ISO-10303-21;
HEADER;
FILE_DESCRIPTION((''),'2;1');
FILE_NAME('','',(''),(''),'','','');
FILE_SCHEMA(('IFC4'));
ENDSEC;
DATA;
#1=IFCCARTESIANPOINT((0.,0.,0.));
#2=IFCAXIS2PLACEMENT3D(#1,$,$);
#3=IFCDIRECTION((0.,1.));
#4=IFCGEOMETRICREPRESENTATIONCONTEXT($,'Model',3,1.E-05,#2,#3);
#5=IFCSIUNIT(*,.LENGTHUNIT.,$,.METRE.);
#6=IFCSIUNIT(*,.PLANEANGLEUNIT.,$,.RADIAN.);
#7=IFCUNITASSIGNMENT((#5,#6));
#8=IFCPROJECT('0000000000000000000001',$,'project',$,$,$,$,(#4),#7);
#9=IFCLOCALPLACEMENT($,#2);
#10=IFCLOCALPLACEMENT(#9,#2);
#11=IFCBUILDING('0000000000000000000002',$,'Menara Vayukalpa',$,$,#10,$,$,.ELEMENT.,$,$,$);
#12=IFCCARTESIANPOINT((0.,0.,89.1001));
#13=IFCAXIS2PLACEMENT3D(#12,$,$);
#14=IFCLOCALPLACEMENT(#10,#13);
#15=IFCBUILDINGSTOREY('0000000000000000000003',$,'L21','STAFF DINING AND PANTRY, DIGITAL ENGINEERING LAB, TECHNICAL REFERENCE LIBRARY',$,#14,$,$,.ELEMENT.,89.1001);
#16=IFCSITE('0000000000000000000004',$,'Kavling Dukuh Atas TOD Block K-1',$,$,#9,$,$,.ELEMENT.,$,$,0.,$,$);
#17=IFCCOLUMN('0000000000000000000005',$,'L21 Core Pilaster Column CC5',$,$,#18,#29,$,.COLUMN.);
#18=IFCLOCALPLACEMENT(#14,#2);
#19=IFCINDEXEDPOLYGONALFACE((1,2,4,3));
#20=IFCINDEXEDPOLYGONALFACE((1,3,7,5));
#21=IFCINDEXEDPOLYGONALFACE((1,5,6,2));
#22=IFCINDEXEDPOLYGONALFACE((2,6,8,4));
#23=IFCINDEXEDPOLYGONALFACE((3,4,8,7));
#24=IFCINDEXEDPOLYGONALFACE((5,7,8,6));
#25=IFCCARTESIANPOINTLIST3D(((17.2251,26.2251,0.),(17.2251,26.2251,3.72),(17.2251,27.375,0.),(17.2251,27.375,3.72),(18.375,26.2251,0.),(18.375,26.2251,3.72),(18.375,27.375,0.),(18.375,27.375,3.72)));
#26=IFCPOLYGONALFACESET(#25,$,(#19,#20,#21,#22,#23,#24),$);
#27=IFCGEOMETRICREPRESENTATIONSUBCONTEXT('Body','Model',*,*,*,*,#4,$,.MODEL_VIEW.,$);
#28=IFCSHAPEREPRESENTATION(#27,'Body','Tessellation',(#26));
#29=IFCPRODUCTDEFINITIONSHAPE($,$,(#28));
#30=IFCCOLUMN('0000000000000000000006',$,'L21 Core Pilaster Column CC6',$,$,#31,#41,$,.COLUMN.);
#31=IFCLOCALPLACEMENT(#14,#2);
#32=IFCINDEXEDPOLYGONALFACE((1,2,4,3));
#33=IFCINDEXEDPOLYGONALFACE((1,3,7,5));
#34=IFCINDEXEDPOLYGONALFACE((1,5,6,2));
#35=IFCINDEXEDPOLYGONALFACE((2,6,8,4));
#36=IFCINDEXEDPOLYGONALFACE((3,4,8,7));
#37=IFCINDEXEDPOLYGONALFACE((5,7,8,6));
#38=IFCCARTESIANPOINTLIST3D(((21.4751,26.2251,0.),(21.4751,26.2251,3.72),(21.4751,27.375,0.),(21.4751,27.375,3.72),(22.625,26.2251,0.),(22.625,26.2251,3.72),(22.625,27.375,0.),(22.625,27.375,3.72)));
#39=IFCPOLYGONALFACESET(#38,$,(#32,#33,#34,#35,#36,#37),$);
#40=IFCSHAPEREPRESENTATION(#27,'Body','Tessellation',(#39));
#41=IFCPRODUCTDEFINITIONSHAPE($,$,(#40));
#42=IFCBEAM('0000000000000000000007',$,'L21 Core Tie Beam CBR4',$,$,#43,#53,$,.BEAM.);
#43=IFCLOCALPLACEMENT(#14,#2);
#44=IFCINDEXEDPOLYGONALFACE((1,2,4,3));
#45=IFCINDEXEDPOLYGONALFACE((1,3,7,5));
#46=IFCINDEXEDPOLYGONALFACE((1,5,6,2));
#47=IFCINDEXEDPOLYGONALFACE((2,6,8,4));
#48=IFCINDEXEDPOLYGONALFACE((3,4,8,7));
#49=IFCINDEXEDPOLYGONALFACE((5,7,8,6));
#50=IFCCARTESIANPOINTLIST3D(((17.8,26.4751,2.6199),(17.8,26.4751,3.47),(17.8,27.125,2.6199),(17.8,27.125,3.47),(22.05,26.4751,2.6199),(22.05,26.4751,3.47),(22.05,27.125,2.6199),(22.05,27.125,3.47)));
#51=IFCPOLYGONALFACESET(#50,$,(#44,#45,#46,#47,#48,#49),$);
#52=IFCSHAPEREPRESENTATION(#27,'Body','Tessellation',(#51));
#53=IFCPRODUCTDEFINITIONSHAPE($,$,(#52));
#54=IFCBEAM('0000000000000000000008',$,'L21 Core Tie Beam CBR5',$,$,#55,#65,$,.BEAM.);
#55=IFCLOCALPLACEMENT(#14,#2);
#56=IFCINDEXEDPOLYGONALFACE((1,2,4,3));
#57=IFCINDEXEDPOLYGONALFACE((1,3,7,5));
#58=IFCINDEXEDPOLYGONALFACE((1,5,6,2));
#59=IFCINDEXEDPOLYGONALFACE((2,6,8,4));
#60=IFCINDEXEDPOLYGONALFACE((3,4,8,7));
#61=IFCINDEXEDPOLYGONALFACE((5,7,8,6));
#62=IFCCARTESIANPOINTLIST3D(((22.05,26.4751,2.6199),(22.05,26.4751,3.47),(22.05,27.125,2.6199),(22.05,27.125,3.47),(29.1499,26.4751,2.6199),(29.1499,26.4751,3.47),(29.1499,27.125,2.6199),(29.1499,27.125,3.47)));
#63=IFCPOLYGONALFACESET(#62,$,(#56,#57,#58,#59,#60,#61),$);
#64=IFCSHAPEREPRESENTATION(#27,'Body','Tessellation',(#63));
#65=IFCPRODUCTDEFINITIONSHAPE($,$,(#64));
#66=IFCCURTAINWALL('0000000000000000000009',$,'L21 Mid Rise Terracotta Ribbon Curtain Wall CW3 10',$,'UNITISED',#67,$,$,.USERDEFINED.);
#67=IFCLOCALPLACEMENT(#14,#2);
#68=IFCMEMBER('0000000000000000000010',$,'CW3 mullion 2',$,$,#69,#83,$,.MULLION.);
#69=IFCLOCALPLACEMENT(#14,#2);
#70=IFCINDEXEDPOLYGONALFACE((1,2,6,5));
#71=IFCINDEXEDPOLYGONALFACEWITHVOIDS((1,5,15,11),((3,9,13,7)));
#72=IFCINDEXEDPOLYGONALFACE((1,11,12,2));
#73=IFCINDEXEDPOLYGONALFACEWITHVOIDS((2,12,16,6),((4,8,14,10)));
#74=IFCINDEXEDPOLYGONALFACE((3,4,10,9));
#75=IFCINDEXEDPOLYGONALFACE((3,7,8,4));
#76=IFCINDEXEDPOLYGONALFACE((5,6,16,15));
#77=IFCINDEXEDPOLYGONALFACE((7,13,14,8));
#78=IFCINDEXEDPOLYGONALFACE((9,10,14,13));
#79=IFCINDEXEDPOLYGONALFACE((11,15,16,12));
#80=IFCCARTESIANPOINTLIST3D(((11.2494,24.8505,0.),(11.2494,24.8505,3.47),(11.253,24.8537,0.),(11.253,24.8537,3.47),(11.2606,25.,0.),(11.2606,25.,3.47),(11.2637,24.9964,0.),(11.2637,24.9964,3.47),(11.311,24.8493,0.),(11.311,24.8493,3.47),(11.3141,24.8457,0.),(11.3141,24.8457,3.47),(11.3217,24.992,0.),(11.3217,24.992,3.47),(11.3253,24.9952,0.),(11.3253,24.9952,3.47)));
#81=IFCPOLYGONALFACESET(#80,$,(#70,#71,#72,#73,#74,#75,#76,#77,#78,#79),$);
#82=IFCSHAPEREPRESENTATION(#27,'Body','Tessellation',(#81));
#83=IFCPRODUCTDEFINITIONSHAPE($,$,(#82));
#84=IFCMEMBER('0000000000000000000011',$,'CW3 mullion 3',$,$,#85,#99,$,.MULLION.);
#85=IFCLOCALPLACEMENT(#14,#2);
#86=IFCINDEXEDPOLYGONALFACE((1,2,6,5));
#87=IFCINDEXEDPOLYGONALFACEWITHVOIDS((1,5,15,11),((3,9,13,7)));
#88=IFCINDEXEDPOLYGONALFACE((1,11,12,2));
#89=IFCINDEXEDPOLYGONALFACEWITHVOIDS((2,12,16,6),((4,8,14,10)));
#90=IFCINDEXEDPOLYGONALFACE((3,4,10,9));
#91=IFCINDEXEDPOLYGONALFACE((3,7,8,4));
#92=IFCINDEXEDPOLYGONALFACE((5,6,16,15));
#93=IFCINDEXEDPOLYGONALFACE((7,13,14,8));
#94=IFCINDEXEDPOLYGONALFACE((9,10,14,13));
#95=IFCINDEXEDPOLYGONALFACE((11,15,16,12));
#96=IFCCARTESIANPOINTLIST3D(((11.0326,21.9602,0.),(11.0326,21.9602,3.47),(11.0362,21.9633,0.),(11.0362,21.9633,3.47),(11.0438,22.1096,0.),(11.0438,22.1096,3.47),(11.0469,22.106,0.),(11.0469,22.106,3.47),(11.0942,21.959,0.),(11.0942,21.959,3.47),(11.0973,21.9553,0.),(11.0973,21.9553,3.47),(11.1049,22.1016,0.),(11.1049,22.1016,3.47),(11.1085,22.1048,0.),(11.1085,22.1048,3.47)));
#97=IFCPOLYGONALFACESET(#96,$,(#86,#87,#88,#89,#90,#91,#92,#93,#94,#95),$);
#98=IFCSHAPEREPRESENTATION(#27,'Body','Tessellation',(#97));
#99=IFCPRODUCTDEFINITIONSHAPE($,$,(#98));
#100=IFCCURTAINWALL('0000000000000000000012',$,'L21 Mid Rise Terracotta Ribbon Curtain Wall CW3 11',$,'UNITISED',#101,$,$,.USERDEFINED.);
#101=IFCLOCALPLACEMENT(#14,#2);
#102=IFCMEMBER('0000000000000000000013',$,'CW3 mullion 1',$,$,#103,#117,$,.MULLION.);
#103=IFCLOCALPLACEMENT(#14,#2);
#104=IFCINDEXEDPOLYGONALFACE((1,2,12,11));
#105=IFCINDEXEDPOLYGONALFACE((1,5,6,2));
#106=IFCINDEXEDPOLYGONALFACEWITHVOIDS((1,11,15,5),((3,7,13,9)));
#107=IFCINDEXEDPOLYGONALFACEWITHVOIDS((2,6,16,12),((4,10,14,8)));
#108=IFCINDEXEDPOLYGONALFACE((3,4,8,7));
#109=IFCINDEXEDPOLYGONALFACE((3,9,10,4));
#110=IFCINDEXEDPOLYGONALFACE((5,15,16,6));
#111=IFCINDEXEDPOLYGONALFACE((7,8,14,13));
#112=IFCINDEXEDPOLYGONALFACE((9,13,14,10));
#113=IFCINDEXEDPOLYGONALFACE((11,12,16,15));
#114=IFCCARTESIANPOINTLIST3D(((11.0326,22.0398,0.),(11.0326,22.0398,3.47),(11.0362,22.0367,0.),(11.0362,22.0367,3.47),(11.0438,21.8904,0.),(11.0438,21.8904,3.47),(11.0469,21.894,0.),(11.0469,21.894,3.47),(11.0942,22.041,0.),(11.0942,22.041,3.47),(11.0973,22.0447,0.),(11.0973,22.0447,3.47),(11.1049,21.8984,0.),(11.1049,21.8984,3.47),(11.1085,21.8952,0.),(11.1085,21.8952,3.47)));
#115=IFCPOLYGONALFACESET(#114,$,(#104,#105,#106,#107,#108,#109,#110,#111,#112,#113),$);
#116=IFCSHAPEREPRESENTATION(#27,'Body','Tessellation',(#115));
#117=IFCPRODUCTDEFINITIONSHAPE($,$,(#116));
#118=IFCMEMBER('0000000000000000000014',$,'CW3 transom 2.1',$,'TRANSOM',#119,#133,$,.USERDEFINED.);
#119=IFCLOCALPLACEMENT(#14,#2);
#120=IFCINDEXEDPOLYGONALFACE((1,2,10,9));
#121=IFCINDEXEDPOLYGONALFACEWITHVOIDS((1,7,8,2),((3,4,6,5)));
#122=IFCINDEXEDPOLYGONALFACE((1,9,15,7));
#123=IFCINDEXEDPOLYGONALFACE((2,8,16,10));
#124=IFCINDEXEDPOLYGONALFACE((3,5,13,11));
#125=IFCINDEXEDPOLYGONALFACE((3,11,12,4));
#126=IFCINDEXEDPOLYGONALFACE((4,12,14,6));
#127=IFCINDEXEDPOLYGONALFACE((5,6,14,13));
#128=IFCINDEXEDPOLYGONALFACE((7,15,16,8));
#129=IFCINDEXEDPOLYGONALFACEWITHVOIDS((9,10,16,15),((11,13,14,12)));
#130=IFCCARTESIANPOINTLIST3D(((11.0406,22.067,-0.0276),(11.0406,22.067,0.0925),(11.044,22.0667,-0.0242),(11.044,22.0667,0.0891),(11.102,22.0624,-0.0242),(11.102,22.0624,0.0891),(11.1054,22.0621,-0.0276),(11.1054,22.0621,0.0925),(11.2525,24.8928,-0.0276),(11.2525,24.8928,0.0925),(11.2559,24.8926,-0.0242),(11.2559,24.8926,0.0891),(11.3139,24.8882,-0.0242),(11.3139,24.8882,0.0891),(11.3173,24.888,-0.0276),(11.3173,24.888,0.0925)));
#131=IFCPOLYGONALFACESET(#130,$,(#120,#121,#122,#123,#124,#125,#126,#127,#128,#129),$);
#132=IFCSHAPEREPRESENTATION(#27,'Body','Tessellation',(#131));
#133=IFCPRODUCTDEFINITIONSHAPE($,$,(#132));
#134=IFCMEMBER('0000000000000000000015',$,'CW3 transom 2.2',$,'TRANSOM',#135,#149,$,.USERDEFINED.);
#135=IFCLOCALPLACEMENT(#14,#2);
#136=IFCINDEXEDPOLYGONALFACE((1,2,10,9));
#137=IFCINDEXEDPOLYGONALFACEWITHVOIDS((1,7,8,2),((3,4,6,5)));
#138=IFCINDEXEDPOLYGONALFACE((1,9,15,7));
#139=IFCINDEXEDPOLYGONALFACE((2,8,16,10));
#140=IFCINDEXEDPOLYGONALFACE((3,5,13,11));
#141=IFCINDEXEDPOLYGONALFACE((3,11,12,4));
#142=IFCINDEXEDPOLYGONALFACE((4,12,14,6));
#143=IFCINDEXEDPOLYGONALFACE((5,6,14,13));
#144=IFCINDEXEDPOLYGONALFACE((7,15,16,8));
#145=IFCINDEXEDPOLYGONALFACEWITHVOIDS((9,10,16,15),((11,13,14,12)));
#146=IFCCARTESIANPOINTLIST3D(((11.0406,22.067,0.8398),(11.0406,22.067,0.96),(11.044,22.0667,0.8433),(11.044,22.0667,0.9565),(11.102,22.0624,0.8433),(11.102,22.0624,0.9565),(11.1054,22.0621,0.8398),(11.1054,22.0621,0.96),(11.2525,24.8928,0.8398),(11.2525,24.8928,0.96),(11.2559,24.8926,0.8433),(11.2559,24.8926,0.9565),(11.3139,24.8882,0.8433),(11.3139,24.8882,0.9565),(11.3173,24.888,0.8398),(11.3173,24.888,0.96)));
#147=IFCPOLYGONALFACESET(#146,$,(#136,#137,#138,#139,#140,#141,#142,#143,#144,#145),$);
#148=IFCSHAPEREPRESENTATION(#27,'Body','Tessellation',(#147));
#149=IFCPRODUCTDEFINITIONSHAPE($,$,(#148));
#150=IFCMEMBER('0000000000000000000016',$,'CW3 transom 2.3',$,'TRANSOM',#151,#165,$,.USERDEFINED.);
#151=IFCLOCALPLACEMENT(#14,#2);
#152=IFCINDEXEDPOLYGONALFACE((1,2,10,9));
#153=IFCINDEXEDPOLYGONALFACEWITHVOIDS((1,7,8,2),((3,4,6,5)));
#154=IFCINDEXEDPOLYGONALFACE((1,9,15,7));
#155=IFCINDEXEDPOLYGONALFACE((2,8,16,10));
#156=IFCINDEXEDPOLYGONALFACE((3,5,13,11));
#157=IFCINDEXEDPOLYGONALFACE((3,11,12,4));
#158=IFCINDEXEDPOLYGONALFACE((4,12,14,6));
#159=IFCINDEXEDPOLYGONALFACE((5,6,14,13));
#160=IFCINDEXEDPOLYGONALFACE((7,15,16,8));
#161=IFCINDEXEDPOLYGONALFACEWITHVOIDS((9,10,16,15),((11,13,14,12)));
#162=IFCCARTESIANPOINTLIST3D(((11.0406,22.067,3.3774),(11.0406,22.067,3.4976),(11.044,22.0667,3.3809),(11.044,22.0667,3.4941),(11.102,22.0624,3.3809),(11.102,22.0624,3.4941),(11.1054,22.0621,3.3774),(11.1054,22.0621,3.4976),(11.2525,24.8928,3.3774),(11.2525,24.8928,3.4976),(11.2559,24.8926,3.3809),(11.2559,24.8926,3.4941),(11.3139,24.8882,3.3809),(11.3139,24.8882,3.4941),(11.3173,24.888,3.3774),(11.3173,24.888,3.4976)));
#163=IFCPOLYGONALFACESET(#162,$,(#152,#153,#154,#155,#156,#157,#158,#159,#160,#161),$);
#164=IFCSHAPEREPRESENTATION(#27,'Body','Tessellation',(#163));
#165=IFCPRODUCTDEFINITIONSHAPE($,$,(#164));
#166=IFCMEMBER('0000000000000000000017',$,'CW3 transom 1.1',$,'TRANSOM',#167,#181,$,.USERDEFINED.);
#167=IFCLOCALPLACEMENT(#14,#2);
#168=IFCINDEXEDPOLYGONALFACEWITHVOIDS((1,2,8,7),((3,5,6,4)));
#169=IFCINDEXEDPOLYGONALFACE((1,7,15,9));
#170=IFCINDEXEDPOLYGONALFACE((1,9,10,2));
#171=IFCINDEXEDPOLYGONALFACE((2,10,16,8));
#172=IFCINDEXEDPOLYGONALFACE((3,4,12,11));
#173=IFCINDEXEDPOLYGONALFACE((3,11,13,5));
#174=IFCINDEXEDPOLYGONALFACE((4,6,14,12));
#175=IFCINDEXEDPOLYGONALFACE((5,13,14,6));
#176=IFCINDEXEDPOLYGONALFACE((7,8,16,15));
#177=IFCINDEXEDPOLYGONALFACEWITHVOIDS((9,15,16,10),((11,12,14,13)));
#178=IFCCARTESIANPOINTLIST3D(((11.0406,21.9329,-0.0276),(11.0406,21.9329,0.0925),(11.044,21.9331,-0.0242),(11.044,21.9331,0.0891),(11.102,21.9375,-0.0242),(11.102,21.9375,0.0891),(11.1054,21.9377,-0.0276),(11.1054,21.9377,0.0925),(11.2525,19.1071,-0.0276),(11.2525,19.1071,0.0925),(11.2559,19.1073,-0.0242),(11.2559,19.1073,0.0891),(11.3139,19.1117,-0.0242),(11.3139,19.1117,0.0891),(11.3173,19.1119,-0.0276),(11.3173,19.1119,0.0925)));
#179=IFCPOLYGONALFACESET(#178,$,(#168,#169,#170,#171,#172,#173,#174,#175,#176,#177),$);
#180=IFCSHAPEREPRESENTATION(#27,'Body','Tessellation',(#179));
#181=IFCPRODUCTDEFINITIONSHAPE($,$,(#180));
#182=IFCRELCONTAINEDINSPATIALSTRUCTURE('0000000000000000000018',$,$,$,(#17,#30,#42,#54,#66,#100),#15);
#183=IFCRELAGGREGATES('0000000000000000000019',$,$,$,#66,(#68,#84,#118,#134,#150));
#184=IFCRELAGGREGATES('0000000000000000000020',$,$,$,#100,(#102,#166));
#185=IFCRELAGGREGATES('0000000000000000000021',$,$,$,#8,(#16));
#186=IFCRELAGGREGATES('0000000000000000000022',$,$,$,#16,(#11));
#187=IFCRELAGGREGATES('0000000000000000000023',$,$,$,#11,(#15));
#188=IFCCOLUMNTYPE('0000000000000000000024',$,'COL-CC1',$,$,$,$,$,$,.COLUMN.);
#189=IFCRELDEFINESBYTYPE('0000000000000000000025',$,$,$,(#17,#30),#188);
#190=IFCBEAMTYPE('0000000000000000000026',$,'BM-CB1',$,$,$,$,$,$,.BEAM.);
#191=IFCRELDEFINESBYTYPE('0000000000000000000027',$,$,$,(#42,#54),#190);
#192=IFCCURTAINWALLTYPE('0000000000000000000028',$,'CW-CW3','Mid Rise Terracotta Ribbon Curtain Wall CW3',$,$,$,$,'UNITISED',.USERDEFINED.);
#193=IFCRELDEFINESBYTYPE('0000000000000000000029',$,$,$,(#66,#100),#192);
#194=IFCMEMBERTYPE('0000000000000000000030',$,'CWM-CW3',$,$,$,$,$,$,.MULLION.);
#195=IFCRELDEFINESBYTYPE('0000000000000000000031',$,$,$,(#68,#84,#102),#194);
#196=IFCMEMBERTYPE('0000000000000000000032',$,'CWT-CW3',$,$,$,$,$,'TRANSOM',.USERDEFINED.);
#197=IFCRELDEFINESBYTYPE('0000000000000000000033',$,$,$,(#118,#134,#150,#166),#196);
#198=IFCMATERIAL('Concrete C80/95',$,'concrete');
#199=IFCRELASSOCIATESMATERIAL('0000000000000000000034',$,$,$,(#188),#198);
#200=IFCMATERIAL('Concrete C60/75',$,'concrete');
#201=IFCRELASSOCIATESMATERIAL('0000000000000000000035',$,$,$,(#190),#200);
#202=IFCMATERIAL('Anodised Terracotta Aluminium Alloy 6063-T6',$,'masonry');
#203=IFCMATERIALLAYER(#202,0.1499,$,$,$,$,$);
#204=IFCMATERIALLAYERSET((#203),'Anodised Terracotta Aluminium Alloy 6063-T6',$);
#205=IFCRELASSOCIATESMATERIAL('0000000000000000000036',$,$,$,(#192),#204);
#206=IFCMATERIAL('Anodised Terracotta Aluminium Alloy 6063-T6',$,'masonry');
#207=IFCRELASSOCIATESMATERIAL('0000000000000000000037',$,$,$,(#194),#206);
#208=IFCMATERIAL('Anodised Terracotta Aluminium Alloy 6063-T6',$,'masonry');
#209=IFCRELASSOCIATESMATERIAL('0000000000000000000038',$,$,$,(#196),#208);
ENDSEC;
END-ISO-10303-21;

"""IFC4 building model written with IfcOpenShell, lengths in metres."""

from ifc_helpers import new_model, si_unit, direction, frame, origin, origin_2d, place, context, subcontext, project, spatial, rectangle, hollow_rectangle, extrude, material, layer, layer_set, material_profile, profile_set, type_object, element, aggregate, save


model = new_model("IFC4")

# Units and contexts
model_context = context("Model", 3, precision=1e-05, world=origin(), true_north=direction((0.0, 1.0)))
body_context = subcontext(model_context, "Body", "Model", "MODEL_VIEW")
ifc_project = project(units=[si_unit("LENGTHUNIT", "METRE"), si_unit("PLANEANGLEUNIT", "RADIAN")], contexts=[model_context])

# Site, building, storey
site_placement = place(None, origin())
site = spatial("IfcSite", under=ifc_project, at=site_placement, Name="Kavling Dukuh Atas TOD Block K-1", CompositionType="ELEMENT", RefElevation=0.0)
building_placement = place(site_placement, origin())
building = spatial("IfcBuilding", under=site, at=building_placement, Name="Menara Vayukalpa", CompositionType="ELEMENT")
storey_placement = place(building_placement, frame((0.0, 0.0, 89.1001)))
storey = spatial("IfcBuildingStorey", under=building, at=storey_placement, Name="L21", Description="STAFF DINING AND PANTRY, DIGITAL ENGINEERING LAB, TECHNICAL REFERENCE LIBRARY", CompositionType="ELEMENT", Elevation=89.1001)

# Columns
ifc_material_1 = material(Name="Concrete C80/95", Category="concrete")
ifc_material_profile_1 = material_profile(ifc_material_1, rectangle(XDim=1.1499, YDim=1.1499, at=origin_2d()), Name="RC 1150x1150")
ifc_profile_set_1 = profile_set([ifc_material_profile_1], Name="Concrete C80/95")
column_type = type_object("IfcColumnType", Name="COL-CC1", PredefinedType="COLUMN", material=ifc_profile_set_1)
for number, where, z_axis, x_axis, name in (
    (1, (17.8, 26.8, 0.0), (0.0, 0.0, 1.0), (1.0, 0.0, 0.0), "L21 Core Pilaster Column CC5"),
    (2, (22.05, 26.8, 0.0), (0.0, 0.0, 1.0), (1.0, 0.0, 0.0), "L21 Core Pilaster Column CC6"),
):
    element("IfcColumn", number, at=place(storey_placement, frame(where, z_axis=z_axis, x_axis=x_axis)), inside=storey, type_object=column_type, Name=name, PredefinedType="COLUMN", context=body_context, shape_type="SweptSolid", body=[
        extrude(rectangle(XDim=1.1499, YDim=1.1499, at=origin_2d()), origin(), (0.0, 0.0, 1.0), 3.72),
    ])

# Beams
ifc_material_2 = material(Name="Concrete C60/75", Category="concrete")
ifc_material_profile_2 = material_profile(ifc_material_2, rectangle(XDim=0.6499, YDim=0.8501, at=origin_2d()), Name="RC 650x850")
ifc_profile_set_2 = profile_set([ifc_material_profile_2], Name="Concrete C60/75")
beam_type = type_object("IfcBeamType", Name="BM-CB1", PredefinedType="BEAM", material=ifc_profile_set_2)
beam_1_placement = place(storey_placement, frame((17.8, 26.8, 3.0449), z_axis=(1.0, 0.0, 0.0), x_axis=(0.0, 1.0, 0.0)))
element("IfcBeam", 3, at=beam_1_placement, inside=storey, type_object=beam_type, Name="L21 Core Tie Beam CBR4", PredefinedType="BEAM", context=body_context, shape_type="SweptSolid", body=[
    extrude(rectangle(XDim=0.6499, YDim=0.8501, at=origin_2d()), origin(), (0.0, 0.0, 1.0), 4.25),
])
beam_2_placement = place(storey_placement, frame((22.05, 26.8, 3.0449), z_axis=(1.0, 0.0, 0.0), x_axis=(0.0, 1.0, 0.0)))
element("IfcBeam", 4, at=beam_2_placement, inside=storey, type_object=beam_type, Name="L21 Core Tie Beam CBR5", PredefinedType="BEAM", context=body_context, shape_type="SweptSolid", body=[
    extrude(rectangle(XDim=0.6499, YDim=0.8501, at=origin_2d()), origin(), (0.0, 0.0, 1.0), 7.0999),
])

# Curtain wall, members
ifc_material_3 = material(Name="Anodised Terracotta Aluminium Alloy 6063-T6", Category="masonry")
ifc_layer_1 = layer(ifc_material_3, 0.1499)
ifc_layer_set_1 = layer_set([ifc_layer_1], Name="Anodised Terracotta Aluminium Alloy 6063-T6")
curtain_wall_type = type_object("IfcCurtainWallType", Name="CW-CW3", Description="Mid Rise Terracotta Ribbon Curtain Wall CW3", ElementType="UNITISED", PredefinedType="USERDEFINED", material=ifc_layer_set_1)
curtain_wall_1_placement = place(storey_placement, origin())
curtain_wall_1 = element("IfcCurtainWall", 5, at=curtain_wall_1_placement, inside=storey, type_object=curtain_wall_type, Name="L21 Mid Rise Terracotta Ribbon Curtain Wall CW3 10", ObjectType="UNITISED", PredefinedType="USERDEFINED")
ifc_material_4 = material(Name="Anodised Terracotta Aluminium Alloy 6063-T6", Category="masonry")
ifc_material_profile_3 = material_profile(ifc_material_4, hollow_rectangle(XDim=0.0649, YDim=0.1499, WallThickness=0.0034, at=origin_2d()), Name="ALU 65x150x3.5")
ifc_profile_set_3 = profile_set([ifc_material_profile_3], Name="Anodised Terracotta Aluminium Alloy 6063-T6")
member_type_1 = type_object("IfcMemberType", Name="CWM-CW3", PredefinedType="MULLION", material=ifc_profile_set_3)
member_1_placement = place(storey_placement, frame((11.2874, 24.9229, 0.0), z_axis=(0.0, 0.0, 1.0), x_axis=(0.9972, -0.074785, 0.0)))
member_1 = element("IfcMember", 6, at=member_1_placement, type_object=member_type_1, Name="CW3 mullion 2", PredefinedType="MULLION", context=body_context, shape_type="SweptSolid", body=[
    extrude(hollow_rectangle(XDim=0.0649, YDim=0.1499, WallThickness=0.0034, at=origin_2d()), origin(), (0.0, 0.0, 1.0), 3.47),
])
member_2_placement = place(storey_placement, frame((11.0706, 22.0325, 0.0), z_axis=(0.0, 0.0, 1.0), x_axis=(0.9972, -0.074785, 0.0)))
member_2 = element("IfcMember", 7, at=member_2_placement, type_object=member_type_1, Name="CW3 mullion 3", PredefinedType="MULLION", context=body_context, shape_type="SweptSolid", body=[
    extrude(hollow_rectangle(XDim=0.0649, YDim=0.1499, WallThickness=0.0034, at=origin_2d()), origin(), (0.0, 0.0, 1.0), 3.47),
])

# Curtain wall, member
curtain_wall_2_placement = place(storey_placement, origin())
curtain_wall_2 = element("IfcCurtainWall", 8, at=curtain_wall_2_placement, inside=storey, type_object=curtain_wall_type, Name="L21 Mid Rise Terracotta Ribbon Curtain Wall CW3 11", ObjectType="UNITISED", PredefinedType="USERDEFINED")
member_3_placement = place(storey_placement, frame((11.0706, 21.9675, 0.0), z_axis=(0.0, 0.0, 1.0), x_axis=(0.9972, 0.074785, 0.0)))
member_3 = element("IfcMember", 9, at=member_3_placement, type_object=member_type_1, Name="CW3 mullion 1", PredefinedType="MULLION", context=body_context, shape_type="SweptSolid", body=[
    extrude(hollow_rectangle(XDim=0.0649, YDim=0.1499, WallThickness=0.0034, at=origin_2d()), origin(), (0.0, 0.0, 1.0), 3.47),
])

# Members
ifc_material_5 = material(Name="Anodised Terracotta Aluminium Alloy 6063-T6", Category="masonry")
ifc_material_profile_4 = material_profile(ifc_material_5, hollow_rectangle(XDim=0.0649, YDim=0.1201, WallThickness=0.0034, at=origin_2d()), Name="ALU 65x120x3.5")
ifc_profile_set_4 = profile_set([ifc_material_profile_4], Name="Anodised Terracotta Aluminium Alloy 6063-T6")
member_type_2 = type_object("IfcMemberType", Name="CWT-CW3", ElementType="TRANSOM", PredefinedType="USERDEFINED", material=ifc_profile_set_4)
member_4_placement = place(storey_placement, frame((11.2849, 24.8904, 0.0325), z_axis=(-0.074786, -0.9972, 0.0), x_axis=(0.9972, -0.074786, 0.0)))
member_4 = element("IfcMember", 10, at=member_4_placement, type_object=member_type_2, Name="CW3 transom 2.1", ObjectType="TRANSOM", PredefinedType="USERDEFINED", context=body_context, shape_type="SweptSolid", body=[
    extrude(hollow_rectangle(XDim=0.0649, YDim=0.1201, WallThickness=0.0034, at=origin_2d()), origin(), (0.0, 0.0, 1.0), 2.8337),
])
member_5_placement = place(storey_placement, frame((11.2849, 24.8904, 0.8999), z_axis=(-0.074786, -0.9972, 0.0), x_axis=(0.9972, -0.074786, 0.0)))
member_5 = element("IfcMember", 11, at=member_5_placement, type_object=member_type_2, Name="CW3 transom 2.2", ObjectType="TRANSOM", PredefinedType="USERDEFINED", context=body_context, shape_type="SweptSolid", body=[
    extrude(hollow_rectangle(XDim=0.0649, YDim=0.1201, WallThickness=0.0034, at=origin_2d()), origin(), (0.0, 0.0, 1.0), 2.8337),
])
member_6_placement = place(storey_placement, frame((11.2849, 24.8904, 3.4375), z_axis=(-0.074786, -0.9972, 0.0), x_axis=(0.9972, -0.074786, 0.0)))
member_6 = element("IfcMember", 12, at=member_6_placement, type_object=member_type_2, Name="CW3 transom 2.3", ObjectType="TRANSOM", PredefinedType="USERDEFINED", context=body_context, shape_type="SweptSolid", body=[
    extrude(hollow_rectangle(XDim=0.0649, YDim=0.1201, WallThickness=0.0034, at=origin_2d()), origin(), (0.0, 0.0, 1.0), 2.8337),
])
member_7_placement = place(storey_placement, frame((11.073, 21.9353, 0.0325), z_axis=(0.074786, -0.9972, 0.0), x_axis=(0.9972, 0.074786, 0.0)))
member_7 = element("IfcMember", 13, at=member_7_placement, type_object=member_type_2, Name="CW3 transom 1.1", ObjectType="TRANSOM", PredefinedType="USERDEFINED", context=body_context, shape_type="SweptSolid", body=[
    extrude(hollow_rectangle(XDim=0.0649, YDim=0.1201, WallThickness=0.0034, at=origin_2d()), origin(), (0.0, 0.0, 1.0), 2.8337),
])

aggregate(curtain_wall_1, [member_1, member_2, member_4, member_5, member_6])
aggregate(curtain_wall_2, [member_3, member_7])

save(model, "model.ifc")
